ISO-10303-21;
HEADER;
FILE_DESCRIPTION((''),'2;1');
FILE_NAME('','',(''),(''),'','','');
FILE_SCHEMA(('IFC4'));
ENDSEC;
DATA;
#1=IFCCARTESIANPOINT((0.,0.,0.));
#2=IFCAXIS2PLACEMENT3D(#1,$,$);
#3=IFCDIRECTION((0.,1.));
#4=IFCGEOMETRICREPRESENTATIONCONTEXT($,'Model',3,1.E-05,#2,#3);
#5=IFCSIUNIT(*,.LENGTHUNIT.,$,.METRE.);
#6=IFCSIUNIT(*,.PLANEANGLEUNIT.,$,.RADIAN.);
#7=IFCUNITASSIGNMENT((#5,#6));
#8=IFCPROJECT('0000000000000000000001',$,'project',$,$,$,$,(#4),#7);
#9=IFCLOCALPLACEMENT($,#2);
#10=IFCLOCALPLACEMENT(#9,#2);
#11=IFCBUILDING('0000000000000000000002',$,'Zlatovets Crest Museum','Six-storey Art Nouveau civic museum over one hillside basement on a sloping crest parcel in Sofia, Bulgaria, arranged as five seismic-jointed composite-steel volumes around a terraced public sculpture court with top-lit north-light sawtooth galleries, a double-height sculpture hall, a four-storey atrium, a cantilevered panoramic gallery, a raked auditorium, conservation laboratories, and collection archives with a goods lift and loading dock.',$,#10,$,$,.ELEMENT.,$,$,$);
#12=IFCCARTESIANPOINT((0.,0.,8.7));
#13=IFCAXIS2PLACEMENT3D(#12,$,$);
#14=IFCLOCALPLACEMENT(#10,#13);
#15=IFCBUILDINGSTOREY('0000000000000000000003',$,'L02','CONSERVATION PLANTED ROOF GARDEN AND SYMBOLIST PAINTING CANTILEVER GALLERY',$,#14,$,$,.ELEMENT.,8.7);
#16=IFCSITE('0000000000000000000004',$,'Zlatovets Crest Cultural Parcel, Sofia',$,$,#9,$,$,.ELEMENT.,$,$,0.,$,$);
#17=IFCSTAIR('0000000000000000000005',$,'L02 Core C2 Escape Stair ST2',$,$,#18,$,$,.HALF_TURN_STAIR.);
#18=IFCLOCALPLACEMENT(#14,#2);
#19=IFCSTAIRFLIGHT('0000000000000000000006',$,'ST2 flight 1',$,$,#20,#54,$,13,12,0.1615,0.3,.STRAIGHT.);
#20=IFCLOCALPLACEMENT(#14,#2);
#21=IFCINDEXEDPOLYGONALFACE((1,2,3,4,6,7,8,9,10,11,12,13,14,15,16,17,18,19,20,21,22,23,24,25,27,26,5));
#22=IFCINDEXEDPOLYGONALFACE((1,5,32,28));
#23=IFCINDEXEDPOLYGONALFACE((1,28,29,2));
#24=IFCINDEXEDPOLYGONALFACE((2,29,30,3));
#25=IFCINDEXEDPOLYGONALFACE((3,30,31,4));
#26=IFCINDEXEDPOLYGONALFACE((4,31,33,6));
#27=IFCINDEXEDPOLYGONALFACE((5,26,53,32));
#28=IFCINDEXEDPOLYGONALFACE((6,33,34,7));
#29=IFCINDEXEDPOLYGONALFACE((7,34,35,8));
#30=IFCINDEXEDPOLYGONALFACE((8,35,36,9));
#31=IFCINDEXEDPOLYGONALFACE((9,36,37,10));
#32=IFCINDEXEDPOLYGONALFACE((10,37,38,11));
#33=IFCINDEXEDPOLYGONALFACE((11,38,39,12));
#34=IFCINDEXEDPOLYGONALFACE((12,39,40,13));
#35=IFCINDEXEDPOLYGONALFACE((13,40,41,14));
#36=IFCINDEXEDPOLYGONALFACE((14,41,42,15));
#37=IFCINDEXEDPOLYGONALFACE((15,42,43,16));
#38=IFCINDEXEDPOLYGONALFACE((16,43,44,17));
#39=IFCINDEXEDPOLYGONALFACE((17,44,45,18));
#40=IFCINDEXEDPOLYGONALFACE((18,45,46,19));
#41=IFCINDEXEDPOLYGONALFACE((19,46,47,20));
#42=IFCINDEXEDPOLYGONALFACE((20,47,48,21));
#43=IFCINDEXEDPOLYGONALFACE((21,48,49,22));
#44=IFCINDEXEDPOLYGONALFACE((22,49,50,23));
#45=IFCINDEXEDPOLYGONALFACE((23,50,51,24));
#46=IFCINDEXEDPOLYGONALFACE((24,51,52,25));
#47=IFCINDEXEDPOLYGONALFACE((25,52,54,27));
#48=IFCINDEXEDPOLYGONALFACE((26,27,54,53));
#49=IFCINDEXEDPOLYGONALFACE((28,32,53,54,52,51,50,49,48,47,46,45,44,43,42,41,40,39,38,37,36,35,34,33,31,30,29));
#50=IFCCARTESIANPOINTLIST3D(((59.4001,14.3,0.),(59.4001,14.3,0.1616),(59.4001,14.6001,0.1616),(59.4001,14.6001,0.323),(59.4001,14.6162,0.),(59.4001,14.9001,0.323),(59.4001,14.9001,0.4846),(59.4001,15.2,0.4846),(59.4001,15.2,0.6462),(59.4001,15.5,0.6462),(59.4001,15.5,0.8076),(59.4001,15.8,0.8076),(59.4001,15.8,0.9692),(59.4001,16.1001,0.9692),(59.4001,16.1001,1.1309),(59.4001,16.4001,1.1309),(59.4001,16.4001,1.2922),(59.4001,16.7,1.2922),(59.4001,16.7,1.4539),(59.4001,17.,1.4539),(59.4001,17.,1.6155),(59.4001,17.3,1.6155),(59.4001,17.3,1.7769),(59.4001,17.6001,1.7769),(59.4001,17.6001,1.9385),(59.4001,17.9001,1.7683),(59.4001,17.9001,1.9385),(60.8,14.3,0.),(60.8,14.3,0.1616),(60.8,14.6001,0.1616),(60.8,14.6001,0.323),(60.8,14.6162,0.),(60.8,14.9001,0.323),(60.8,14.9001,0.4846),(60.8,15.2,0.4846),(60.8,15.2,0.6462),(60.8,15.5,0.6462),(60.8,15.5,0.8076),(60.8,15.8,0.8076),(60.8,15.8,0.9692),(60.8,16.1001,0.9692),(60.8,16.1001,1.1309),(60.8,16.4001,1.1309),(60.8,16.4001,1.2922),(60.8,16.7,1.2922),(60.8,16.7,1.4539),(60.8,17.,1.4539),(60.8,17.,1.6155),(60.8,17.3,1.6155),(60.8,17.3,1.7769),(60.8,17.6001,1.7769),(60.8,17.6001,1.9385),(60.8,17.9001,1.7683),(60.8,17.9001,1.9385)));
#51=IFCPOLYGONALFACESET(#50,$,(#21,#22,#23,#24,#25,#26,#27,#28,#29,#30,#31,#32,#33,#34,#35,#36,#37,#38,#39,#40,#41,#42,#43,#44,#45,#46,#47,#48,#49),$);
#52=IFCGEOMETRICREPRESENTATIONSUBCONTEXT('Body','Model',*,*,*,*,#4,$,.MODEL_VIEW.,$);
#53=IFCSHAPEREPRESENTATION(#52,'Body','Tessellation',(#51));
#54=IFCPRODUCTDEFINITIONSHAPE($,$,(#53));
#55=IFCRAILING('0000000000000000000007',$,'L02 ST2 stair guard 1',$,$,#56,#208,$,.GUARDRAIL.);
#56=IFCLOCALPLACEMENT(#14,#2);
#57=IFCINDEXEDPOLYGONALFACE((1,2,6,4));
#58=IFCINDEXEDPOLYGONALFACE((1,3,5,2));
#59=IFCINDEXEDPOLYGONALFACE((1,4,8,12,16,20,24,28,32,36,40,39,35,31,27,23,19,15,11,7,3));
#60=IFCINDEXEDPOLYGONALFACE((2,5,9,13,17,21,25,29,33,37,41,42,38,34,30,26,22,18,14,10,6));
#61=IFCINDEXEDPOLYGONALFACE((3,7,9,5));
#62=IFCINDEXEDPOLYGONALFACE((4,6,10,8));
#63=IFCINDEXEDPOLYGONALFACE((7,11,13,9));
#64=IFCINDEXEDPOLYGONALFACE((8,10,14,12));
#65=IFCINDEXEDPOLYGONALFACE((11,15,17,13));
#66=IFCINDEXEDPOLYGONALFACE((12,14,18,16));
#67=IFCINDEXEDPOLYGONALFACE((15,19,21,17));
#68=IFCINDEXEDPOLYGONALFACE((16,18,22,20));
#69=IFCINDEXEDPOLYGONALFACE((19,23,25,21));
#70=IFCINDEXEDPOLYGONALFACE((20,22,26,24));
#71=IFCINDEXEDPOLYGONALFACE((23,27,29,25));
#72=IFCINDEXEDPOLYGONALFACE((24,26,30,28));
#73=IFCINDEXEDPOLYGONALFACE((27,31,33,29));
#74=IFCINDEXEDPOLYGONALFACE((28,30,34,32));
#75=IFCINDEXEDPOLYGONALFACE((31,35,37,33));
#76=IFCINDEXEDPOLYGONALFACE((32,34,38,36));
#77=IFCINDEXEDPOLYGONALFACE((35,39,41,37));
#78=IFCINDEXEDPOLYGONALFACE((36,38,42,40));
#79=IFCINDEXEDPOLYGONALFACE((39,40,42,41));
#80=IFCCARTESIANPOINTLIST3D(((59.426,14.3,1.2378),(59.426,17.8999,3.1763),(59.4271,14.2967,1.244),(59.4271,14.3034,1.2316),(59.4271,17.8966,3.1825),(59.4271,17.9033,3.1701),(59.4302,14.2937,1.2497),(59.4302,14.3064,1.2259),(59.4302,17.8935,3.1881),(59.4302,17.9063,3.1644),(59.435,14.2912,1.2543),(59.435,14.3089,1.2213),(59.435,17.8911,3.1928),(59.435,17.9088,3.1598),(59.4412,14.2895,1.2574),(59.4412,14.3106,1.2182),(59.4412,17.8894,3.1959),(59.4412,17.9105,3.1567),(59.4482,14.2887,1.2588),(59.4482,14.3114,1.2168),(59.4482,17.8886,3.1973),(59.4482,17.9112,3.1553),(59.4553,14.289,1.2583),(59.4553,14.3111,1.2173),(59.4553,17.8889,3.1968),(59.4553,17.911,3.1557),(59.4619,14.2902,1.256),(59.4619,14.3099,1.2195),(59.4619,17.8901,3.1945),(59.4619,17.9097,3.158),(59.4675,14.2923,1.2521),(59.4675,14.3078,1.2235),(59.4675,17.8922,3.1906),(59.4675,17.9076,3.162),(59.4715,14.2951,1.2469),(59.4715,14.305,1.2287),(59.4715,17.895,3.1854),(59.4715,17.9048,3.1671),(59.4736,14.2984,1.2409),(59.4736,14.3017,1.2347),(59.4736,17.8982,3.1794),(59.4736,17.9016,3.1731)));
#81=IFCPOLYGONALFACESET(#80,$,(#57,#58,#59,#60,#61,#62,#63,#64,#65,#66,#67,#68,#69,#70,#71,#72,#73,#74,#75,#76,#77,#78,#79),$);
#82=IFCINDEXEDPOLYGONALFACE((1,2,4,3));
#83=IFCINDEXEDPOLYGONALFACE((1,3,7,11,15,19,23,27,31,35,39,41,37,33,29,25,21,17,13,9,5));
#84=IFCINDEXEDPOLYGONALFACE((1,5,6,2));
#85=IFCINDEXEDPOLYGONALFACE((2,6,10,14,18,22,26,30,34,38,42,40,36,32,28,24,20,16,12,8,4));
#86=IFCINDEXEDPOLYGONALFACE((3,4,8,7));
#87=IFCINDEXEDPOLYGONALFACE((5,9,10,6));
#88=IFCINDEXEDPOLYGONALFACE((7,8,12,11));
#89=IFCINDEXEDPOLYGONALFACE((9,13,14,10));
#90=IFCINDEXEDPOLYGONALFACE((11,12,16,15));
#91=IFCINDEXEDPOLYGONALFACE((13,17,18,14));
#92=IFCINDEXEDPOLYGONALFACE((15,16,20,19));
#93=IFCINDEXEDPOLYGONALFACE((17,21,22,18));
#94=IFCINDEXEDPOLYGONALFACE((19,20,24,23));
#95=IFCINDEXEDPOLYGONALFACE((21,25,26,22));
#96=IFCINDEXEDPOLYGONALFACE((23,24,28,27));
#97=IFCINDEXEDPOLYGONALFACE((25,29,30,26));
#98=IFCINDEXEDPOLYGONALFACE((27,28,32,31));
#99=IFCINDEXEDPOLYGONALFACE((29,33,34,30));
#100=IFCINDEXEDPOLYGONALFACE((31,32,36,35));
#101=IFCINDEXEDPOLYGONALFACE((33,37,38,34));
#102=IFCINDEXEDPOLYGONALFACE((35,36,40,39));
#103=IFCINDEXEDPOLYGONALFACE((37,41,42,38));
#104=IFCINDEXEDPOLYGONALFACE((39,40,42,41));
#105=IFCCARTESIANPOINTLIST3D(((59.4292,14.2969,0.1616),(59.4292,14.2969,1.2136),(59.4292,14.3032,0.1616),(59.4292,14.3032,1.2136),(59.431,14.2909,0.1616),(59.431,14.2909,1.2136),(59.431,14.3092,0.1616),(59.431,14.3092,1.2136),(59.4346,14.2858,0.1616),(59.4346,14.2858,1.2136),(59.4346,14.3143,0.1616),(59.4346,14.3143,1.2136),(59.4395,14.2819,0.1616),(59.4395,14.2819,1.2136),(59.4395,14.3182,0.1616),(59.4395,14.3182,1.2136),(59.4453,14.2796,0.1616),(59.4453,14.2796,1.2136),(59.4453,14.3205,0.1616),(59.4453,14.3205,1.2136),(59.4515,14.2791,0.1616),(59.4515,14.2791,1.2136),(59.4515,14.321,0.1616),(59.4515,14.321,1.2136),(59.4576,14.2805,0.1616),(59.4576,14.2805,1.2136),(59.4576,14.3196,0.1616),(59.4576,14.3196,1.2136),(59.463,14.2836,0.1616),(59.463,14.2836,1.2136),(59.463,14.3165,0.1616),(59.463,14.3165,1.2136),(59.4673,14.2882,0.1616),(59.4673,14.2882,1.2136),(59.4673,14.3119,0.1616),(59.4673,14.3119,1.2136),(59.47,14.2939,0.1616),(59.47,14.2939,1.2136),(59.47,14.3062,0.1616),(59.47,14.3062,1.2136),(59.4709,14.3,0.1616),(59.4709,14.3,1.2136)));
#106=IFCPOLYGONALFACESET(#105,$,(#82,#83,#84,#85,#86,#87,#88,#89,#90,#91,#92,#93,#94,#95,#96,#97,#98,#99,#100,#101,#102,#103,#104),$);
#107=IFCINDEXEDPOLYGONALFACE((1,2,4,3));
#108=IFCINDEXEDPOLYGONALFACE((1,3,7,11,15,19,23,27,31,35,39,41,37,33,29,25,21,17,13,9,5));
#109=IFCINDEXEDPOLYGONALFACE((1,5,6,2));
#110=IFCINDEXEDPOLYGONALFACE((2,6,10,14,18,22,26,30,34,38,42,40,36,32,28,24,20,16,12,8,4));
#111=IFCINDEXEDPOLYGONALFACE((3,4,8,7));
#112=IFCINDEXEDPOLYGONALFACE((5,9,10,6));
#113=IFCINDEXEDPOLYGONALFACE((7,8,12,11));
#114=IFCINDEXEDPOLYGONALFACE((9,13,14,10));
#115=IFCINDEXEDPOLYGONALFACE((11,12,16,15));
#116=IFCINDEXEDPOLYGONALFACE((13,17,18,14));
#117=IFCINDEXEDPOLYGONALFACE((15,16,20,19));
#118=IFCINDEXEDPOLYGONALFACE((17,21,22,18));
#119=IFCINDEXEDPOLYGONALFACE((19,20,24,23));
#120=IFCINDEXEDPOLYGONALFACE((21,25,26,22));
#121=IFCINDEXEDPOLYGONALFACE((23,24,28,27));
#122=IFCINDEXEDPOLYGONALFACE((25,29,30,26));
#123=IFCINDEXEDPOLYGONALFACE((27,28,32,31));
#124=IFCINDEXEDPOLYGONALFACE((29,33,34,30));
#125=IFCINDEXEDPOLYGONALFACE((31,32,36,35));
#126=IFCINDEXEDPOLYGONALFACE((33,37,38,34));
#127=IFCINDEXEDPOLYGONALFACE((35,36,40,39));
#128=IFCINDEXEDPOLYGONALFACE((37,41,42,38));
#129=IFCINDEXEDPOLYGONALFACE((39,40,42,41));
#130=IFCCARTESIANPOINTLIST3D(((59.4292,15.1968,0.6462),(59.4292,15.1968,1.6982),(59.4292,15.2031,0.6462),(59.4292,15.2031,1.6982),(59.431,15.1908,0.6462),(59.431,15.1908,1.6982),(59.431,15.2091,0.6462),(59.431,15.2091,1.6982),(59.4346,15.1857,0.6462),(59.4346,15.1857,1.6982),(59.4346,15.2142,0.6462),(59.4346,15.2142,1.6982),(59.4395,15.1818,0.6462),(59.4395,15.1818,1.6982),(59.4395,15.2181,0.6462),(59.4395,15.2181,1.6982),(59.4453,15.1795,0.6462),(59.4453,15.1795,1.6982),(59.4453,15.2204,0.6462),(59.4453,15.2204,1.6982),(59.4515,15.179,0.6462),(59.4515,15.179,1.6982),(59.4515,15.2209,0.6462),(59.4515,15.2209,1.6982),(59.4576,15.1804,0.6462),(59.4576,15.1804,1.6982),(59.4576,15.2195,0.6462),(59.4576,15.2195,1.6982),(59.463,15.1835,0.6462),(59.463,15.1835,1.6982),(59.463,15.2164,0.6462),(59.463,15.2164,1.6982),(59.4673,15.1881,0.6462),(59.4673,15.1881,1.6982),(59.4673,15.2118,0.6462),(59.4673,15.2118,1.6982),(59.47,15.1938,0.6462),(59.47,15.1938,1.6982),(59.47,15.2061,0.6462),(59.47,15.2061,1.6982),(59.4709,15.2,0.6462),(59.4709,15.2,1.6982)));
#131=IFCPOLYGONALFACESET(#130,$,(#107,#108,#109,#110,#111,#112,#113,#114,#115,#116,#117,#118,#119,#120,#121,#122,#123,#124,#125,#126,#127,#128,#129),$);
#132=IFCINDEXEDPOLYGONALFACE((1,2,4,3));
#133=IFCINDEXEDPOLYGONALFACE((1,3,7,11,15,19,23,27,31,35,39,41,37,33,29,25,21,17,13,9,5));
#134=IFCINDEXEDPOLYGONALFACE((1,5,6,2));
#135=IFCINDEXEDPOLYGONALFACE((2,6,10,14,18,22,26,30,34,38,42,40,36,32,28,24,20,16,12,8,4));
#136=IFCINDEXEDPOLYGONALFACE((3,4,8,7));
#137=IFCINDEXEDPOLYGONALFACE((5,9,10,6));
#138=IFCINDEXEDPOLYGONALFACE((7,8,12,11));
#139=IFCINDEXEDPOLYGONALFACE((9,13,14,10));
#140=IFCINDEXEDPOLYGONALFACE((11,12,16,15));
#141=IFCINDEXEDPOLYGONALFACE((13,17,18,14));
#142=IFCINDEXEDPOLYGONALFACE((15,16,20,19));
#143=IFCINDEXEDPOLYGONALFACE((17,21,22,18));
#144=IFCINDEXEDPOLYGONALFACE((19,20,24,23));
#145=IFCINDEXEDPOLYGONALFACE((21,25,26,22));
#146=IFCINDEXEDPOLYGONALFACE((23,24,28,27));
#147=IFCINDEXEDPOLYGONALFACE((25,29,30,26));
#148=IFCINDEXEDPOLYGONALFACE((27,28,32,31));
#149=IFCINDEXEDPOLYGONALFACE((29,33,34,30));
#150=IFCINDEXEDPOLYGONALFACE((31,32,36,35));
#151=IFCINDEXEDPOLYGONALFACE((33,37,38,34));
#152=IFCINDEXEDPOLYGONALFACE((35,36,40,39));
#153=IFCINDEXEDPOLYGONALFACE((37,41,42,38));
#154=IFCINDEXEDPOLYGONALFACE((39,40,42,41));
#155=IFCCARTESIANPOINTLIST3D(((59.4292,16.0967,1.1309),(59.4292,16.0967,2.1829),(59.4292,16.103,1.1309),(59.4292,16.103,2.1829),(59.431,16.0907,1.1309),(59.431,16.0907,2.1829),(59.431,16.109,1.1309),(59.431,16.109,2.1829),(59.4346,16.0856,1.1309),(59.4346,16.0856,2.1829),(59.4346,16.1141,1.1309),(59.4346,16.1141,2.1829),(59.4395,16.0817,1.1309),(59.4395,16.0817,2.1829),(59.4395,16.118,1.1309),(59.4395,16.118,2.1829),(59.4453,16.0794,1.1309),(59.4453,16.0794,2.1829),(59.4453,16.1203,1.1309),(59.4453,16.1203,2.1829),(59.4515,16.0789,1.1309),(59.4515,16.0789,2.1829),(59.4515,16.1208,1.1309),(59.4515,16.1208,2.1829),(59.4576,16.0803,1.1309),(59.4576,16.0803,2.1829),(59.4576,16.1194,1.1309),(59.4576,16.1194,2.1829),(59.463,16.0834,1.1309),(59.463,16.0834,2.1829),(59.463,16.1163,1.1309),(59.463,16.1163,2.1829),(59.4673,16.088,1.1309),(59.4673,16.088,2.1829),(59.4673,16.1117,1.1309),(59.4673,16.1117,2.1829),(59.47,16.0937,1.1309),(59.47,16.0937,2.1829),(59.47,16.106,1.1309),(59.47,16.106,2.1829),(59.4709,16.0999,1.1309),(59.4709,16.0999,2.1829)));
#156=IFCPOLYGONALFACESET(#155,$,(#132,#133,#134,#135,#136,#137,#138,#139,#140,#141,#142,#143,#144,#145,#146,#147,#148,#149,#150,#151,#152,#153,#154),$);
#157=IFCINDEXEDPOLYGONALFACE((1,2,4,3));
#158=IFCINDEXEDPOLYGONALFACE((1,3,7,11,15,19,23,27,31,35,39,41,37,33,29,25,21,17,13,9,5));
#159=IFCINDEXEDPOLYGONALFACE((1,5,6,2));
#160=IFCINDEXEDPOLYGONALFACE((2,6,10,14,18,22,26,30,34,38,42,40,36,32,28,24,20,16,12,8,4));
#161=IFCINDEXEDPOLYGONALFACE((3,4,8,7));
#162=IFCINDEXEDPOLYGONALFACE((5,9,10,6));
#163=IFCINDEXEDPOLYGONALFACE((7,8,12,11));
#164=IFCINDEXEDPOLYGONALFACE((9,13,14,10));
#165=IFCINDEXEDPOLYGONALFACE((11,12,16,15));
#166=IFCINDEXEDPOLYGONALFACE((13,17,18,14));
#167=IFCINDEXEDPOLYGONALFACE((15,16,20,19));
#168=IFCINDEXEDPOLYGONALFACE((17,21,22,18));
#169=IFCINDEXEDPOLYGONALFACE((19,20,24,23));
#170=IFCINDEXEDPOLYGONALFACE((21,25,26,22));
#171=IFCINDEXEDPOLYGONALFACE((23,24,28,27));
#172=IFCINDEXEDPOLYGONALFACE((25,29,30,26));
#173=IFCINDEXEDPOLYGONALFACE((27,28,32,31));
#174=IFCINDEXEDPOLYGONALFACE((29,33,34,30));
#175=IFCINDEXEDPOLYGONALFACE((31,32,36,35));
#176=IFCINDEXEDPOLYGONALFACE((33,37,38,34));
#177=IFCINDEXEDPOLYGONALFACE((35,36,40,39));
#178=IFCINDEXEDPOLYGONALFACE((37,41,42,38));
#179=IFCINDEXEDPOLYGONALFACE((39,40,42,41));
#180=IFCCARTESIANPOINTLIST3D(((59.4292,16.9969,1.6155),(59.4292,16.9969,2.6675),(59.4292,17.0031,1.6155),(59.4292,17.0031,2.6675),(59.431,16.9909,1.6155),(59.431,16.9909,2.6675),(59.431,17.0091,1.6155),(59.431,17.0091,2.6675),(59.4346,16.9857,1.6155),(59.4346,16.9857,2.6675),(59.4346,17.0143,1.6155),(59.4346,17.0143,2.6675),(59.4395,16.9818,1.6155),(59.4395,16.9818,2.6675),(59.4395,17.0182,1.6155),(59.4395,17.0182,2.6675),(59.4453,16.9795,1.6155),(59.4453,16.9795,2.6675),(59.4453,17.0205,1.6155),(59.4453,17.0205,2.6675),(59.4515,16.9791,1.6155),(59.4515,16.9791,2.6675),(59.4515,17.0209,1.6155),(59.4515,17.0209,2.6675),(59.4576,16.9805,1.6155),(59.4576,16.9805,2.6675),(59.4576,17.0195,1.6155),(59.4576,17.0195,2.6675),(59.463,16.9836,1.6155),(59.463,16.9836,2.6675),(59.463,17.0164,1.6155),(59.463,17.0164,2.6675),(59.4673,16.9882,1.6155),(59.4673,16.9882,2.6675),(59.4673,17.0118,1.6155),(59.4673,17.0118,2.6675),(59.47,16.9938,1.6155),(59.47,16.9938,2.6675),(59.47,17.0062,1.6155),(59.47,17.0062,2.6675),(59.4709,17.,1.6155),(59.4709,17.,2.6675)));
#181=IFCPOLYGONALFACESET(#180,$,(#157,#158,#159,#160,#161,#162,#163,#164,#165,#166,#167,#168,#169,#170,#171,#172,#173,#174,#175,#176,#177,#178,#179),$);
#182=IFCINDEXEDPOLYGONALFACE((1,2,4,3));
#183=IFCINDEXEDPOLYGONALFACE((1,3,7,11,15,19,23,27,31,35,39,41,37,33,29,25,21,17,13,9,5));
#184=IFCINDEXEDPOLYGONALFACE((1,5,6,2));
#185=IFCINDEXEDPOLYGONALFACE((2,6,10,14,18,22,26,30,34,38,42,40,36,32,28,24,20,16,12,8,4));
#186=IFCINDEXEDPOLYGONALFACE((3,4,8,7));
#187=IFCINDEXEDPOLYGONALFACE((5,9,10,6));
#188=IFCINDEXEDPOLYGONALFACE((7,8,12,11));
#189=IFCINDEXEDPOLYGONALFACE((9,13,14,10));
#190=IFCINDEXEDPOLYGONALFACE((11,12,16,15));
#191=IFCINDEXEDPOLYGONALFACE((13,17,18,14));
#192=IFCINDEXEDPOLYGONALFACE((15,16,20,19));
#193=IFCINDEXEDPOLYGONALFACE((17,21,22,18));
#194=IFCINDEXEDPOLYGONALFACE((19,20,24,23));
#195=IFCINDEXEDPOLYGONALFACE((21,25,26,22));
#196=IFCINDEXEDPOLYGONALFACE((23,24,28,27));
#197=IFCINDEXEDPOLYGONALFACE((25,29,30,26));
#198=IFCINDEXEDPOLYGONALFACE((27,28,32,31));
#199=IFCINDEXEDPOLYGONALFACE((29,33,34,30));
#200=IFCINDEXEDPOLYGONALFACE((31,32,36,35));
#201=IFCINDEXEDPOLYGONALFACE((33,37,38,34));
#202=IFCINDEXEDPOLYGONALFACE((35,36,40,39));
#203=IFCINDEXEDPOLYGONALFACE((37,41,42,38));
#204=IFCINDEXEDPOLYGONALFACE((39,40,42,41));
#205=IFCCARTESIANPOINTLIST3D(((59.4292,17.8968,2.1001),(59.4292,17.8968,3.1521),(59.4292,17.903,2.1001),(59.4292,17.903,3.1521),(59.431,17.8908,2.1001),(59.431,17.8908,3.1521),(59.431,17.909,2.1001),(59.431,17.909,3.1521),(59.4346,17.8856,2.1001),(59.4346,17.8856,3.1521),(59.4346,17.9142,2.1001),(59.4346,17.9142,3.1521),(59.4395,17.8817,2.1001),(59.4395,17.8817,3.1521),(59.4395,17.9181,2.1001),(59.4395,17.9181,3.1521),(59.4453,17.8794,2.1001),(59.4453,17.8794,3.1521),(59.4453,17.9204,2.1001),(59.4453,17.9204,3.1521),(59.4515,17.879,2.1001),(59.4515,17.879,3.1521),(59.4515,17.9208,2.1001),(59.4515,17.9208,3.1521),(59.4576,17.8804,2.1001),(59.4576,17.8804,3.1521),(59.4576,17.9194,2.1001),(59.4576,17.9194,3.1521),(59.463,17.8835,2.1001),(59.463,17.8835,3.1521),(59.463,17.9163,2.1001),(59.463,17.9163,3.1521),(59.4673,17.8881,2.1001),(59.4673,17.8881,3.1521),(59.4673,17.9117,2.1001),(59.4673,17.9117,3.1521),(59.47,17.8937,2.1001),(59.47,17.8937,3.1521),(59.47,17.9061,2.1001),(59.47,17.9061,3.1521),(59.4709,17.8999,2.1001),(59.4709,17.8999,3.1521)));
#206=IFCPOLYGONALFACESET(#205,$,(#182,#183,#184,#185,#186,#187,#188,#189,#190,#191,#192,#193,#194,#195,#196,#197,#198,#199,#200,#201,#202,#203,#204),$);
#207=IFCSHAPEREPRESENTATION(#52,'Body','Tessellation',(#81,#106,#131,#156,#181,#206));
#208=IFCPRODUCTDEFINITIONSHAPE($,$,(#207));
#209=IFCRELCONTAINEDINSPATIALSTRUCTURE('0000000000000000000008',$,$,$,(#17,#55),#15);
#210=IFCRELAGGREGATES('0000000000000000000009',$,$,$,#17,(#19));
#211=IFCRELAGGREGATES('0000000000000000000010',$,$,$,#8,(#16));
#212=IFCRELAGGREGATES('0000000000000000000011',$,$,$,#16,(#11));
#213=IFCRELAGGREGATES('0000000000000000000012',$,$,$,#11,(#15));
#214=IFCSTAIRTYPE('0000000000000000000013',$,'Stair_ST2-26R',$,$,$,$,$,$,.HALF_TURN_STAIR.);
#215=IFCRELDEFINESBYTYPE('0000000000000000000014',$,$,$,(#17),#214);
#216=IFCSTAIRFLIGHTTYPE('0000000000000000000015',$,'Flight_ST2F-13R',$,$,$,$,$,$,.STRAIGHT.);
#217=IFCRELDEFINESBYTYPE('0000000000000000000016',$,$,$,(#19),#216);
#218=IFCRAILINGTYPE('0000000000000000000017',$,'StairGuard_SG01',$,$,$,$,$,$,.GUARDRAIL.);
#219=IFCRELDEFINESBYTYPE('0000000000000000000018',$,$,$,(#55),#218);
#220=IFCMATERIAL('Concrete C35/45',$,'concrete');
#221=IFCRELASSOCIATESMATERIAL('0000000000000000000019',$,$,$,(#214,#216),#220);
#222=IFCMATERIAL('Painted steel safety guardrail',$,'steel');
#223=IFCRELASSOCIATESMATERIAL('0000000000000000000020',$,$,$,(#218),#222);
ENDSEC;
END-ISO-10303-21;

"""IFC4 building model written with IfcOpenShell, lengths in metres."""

from ifc_helpers import new_model, si_unit, direction, frame, origin, origin_2d, place, context, subcontext, project, spatial, polyline, circle, outline, extrude, material, type_object, element, aggregate, save


model = new_model("IFC4")

# Units and contexts
model_context = context("Model", 3, precision=1e-05, world=origin(), true_north=direction((0.0, 1.0)))
body_context = subcontext(model_context, "Body", "Model", "MODEL_VIEW")
ifc_project = project(units=[si_unit("LENGTHUNIT", "METRE"), si_unit("PLANEANGLEUNIT", "RADIAN")], contexts=[model_context])

# Site, building, storey
site_placement = place(None, origin())
site = spatial("IfcSite", under=ifc_project, at=site_placement, Name="Zlatovets Crest Cultural Parcel, Sofia", CompositionType="ELEMENT", RefElevation=0.0)
building_placement = place(site_placement, origin())
building = spatial("IfcBuilding", under=site, at=building_placement, Name="Zlatovets Crest Museum", Description="Six-storey Art Nouveau civic museum over one hillside basement on a sloping crest parcel in Sofia, Bulgaria, arranged as five seismic-jointed composite-steel volumes around a terraced public sculpture court with top-lit north-light sawtooth galleries, a double-height sculpture hall, a four-storey atrium, a cantilevered panoramic gallery, a raked auditorium, conservation laboratories, and collection archives with a goods lift and loading dock.", CompositionType="ELEMENT")
storey_placement = place(building_placement, frame((0.0, 0.0, 8.7)))
storey = spatial("IfcBuildingStorey", under=building, at=storey_placement, Name="L02", Description="CONSERVATION PLANTED ROOF GARDEN AND SYMBOLIST PAINTING CANTILEVER GALLERY", CompositionType="ELEMENT", Elevation=8.7)

# Shared definitions
ifc_material_1 = material(Name="Concrete C35/45", Category="concrete")

# Stair, stair flight
stair_type = type_object("IfcStairType", Name="Stair_ST2-26R", PredefinedType="HALF_TURN_STAIR", material=ifc_material_1)
stair_placement = place(storey_placement, origin())
stair = element("IfcStair", 1, at=stair_placement, inside=storey, type_object=stair_type, Name="L02 Core C2 Escape Stair ST2", PredefinedType="HALF_TURN_STAIR")
stair_flight_type = type_object("IfcStairFlightType", Name="Flight_ST2F-13R", PredefinedType="STRAIGHT", material=ifc_material_1)
stair_flight_placement = place(storey_placement, frame((60.1001, 14.3, 0.0), z_axis=(0.0, 0.0, 1.0), x_axis=(0.0, 1.0, 0.0)))
stair_flight = element("IfcStairFlight", 2, at=stair_flight_placement, type_object=stair_flight_type, Name="ST2 flight 1", NumberOfRisers=13, NumberOfTreads=12, PredefinedType="STRAIGHT", RiserHeight=0.1615, TreadLength=0.3, context=body_context, shape_type="SweptSolid", body=[
    extrude(outline(polyline([(0.0, 0.0), (0.0, 0.1616), (0.3, 0.1616), (0.3, 0.323), (0.6001, 0.323), (0.6001, 0.4846), (0.8999, 0.4846), (0.8999, 0.6462), (1.2, 0.6462), (1.2, 0.8076), (1.5, 0.8076), (1.5, 0.9692), (1.8, 0.9692), (1.8, 1.1309), (2.1001, 1.1309), (2.1001, 1.2922), (2.3999, 1.2922), (2.3999, 1.4539), (2.7, 1.4539), (2.7, 1.6155), (3.0, 1.6155), (3.0, 1.7769), (3.3, 1.7769), (3.3, 1.9385), (3.6001, 1.9385), (3.6001, 2.1001), (3.6001, 1.7683), (0.3162, 0.0), (0.0, 0.0)])), frame((0.0, 0.7, 0.0), z_axis=(0.0, -1.0, 0.0), x_axis=(1.0, 0.0, 0.0)), (0.0, 0.0, 1.0), 1.3999),
])
aggregate(stair, [stair_flight])

# Railing
ifc_material_2 = material(Name="Painted steel safety guardrail", Category="steel")
railing_type_1 = type_object("IfcRailingType", Name="StairGuard_SG01", PredefinedType="GUARDRAIL", material=ifc_material_2)
railing_1_placement = place(storey_placement, frame((59.45, 14.3, 0.1616)))
element("IfcRailing", 3, at=railing_1_placement, inside=storey, type_object=railing_type_1, Name="L02 ST2 stair guard 1", PredefinedType="GUARDRAIL", context=body_context, shape_type="SweptSolid", body=[
    extrude(circle(Radius=0.0239, at=origin_2d()), frame((0.0, 0.0, 1.0762), z_axis=(0.0, 0.880462, 0.474118), x_axis=(-1.0, 0.0, 0.0)), (0.0, 0.0, 1.0), 4.0886),
    extrude(circle(Radius=0.021, at=origin_2d()), origin(), (0.0, 0.0, 1.0), 1.052),
    extrude(circle(Radius=0.021, at=origin_2d()), frame((0.0, 0.8999, 0.4846)), (0.0, 0.0, 1.0), 1.052),
    extrude(circle(Radius=0.021, at=origin_2d()), frame((0.0, 1.7998, 0.9692)), (0.0, 0.0, 1.0), 1.052),
    extrude(circle(Radius=0.021, at=origin_2d()), frame((0.0, 2.7, 1.4539)), (0.0, 0.0, 1.0), 1.052),
    extrude(circle(Radius=0.021, at=origin_2d()), frame((0.0, 3.5999, 1.9385)), (0.0, 0.0, 1.0), 1.052),
])

save(model, "model.ifc")
